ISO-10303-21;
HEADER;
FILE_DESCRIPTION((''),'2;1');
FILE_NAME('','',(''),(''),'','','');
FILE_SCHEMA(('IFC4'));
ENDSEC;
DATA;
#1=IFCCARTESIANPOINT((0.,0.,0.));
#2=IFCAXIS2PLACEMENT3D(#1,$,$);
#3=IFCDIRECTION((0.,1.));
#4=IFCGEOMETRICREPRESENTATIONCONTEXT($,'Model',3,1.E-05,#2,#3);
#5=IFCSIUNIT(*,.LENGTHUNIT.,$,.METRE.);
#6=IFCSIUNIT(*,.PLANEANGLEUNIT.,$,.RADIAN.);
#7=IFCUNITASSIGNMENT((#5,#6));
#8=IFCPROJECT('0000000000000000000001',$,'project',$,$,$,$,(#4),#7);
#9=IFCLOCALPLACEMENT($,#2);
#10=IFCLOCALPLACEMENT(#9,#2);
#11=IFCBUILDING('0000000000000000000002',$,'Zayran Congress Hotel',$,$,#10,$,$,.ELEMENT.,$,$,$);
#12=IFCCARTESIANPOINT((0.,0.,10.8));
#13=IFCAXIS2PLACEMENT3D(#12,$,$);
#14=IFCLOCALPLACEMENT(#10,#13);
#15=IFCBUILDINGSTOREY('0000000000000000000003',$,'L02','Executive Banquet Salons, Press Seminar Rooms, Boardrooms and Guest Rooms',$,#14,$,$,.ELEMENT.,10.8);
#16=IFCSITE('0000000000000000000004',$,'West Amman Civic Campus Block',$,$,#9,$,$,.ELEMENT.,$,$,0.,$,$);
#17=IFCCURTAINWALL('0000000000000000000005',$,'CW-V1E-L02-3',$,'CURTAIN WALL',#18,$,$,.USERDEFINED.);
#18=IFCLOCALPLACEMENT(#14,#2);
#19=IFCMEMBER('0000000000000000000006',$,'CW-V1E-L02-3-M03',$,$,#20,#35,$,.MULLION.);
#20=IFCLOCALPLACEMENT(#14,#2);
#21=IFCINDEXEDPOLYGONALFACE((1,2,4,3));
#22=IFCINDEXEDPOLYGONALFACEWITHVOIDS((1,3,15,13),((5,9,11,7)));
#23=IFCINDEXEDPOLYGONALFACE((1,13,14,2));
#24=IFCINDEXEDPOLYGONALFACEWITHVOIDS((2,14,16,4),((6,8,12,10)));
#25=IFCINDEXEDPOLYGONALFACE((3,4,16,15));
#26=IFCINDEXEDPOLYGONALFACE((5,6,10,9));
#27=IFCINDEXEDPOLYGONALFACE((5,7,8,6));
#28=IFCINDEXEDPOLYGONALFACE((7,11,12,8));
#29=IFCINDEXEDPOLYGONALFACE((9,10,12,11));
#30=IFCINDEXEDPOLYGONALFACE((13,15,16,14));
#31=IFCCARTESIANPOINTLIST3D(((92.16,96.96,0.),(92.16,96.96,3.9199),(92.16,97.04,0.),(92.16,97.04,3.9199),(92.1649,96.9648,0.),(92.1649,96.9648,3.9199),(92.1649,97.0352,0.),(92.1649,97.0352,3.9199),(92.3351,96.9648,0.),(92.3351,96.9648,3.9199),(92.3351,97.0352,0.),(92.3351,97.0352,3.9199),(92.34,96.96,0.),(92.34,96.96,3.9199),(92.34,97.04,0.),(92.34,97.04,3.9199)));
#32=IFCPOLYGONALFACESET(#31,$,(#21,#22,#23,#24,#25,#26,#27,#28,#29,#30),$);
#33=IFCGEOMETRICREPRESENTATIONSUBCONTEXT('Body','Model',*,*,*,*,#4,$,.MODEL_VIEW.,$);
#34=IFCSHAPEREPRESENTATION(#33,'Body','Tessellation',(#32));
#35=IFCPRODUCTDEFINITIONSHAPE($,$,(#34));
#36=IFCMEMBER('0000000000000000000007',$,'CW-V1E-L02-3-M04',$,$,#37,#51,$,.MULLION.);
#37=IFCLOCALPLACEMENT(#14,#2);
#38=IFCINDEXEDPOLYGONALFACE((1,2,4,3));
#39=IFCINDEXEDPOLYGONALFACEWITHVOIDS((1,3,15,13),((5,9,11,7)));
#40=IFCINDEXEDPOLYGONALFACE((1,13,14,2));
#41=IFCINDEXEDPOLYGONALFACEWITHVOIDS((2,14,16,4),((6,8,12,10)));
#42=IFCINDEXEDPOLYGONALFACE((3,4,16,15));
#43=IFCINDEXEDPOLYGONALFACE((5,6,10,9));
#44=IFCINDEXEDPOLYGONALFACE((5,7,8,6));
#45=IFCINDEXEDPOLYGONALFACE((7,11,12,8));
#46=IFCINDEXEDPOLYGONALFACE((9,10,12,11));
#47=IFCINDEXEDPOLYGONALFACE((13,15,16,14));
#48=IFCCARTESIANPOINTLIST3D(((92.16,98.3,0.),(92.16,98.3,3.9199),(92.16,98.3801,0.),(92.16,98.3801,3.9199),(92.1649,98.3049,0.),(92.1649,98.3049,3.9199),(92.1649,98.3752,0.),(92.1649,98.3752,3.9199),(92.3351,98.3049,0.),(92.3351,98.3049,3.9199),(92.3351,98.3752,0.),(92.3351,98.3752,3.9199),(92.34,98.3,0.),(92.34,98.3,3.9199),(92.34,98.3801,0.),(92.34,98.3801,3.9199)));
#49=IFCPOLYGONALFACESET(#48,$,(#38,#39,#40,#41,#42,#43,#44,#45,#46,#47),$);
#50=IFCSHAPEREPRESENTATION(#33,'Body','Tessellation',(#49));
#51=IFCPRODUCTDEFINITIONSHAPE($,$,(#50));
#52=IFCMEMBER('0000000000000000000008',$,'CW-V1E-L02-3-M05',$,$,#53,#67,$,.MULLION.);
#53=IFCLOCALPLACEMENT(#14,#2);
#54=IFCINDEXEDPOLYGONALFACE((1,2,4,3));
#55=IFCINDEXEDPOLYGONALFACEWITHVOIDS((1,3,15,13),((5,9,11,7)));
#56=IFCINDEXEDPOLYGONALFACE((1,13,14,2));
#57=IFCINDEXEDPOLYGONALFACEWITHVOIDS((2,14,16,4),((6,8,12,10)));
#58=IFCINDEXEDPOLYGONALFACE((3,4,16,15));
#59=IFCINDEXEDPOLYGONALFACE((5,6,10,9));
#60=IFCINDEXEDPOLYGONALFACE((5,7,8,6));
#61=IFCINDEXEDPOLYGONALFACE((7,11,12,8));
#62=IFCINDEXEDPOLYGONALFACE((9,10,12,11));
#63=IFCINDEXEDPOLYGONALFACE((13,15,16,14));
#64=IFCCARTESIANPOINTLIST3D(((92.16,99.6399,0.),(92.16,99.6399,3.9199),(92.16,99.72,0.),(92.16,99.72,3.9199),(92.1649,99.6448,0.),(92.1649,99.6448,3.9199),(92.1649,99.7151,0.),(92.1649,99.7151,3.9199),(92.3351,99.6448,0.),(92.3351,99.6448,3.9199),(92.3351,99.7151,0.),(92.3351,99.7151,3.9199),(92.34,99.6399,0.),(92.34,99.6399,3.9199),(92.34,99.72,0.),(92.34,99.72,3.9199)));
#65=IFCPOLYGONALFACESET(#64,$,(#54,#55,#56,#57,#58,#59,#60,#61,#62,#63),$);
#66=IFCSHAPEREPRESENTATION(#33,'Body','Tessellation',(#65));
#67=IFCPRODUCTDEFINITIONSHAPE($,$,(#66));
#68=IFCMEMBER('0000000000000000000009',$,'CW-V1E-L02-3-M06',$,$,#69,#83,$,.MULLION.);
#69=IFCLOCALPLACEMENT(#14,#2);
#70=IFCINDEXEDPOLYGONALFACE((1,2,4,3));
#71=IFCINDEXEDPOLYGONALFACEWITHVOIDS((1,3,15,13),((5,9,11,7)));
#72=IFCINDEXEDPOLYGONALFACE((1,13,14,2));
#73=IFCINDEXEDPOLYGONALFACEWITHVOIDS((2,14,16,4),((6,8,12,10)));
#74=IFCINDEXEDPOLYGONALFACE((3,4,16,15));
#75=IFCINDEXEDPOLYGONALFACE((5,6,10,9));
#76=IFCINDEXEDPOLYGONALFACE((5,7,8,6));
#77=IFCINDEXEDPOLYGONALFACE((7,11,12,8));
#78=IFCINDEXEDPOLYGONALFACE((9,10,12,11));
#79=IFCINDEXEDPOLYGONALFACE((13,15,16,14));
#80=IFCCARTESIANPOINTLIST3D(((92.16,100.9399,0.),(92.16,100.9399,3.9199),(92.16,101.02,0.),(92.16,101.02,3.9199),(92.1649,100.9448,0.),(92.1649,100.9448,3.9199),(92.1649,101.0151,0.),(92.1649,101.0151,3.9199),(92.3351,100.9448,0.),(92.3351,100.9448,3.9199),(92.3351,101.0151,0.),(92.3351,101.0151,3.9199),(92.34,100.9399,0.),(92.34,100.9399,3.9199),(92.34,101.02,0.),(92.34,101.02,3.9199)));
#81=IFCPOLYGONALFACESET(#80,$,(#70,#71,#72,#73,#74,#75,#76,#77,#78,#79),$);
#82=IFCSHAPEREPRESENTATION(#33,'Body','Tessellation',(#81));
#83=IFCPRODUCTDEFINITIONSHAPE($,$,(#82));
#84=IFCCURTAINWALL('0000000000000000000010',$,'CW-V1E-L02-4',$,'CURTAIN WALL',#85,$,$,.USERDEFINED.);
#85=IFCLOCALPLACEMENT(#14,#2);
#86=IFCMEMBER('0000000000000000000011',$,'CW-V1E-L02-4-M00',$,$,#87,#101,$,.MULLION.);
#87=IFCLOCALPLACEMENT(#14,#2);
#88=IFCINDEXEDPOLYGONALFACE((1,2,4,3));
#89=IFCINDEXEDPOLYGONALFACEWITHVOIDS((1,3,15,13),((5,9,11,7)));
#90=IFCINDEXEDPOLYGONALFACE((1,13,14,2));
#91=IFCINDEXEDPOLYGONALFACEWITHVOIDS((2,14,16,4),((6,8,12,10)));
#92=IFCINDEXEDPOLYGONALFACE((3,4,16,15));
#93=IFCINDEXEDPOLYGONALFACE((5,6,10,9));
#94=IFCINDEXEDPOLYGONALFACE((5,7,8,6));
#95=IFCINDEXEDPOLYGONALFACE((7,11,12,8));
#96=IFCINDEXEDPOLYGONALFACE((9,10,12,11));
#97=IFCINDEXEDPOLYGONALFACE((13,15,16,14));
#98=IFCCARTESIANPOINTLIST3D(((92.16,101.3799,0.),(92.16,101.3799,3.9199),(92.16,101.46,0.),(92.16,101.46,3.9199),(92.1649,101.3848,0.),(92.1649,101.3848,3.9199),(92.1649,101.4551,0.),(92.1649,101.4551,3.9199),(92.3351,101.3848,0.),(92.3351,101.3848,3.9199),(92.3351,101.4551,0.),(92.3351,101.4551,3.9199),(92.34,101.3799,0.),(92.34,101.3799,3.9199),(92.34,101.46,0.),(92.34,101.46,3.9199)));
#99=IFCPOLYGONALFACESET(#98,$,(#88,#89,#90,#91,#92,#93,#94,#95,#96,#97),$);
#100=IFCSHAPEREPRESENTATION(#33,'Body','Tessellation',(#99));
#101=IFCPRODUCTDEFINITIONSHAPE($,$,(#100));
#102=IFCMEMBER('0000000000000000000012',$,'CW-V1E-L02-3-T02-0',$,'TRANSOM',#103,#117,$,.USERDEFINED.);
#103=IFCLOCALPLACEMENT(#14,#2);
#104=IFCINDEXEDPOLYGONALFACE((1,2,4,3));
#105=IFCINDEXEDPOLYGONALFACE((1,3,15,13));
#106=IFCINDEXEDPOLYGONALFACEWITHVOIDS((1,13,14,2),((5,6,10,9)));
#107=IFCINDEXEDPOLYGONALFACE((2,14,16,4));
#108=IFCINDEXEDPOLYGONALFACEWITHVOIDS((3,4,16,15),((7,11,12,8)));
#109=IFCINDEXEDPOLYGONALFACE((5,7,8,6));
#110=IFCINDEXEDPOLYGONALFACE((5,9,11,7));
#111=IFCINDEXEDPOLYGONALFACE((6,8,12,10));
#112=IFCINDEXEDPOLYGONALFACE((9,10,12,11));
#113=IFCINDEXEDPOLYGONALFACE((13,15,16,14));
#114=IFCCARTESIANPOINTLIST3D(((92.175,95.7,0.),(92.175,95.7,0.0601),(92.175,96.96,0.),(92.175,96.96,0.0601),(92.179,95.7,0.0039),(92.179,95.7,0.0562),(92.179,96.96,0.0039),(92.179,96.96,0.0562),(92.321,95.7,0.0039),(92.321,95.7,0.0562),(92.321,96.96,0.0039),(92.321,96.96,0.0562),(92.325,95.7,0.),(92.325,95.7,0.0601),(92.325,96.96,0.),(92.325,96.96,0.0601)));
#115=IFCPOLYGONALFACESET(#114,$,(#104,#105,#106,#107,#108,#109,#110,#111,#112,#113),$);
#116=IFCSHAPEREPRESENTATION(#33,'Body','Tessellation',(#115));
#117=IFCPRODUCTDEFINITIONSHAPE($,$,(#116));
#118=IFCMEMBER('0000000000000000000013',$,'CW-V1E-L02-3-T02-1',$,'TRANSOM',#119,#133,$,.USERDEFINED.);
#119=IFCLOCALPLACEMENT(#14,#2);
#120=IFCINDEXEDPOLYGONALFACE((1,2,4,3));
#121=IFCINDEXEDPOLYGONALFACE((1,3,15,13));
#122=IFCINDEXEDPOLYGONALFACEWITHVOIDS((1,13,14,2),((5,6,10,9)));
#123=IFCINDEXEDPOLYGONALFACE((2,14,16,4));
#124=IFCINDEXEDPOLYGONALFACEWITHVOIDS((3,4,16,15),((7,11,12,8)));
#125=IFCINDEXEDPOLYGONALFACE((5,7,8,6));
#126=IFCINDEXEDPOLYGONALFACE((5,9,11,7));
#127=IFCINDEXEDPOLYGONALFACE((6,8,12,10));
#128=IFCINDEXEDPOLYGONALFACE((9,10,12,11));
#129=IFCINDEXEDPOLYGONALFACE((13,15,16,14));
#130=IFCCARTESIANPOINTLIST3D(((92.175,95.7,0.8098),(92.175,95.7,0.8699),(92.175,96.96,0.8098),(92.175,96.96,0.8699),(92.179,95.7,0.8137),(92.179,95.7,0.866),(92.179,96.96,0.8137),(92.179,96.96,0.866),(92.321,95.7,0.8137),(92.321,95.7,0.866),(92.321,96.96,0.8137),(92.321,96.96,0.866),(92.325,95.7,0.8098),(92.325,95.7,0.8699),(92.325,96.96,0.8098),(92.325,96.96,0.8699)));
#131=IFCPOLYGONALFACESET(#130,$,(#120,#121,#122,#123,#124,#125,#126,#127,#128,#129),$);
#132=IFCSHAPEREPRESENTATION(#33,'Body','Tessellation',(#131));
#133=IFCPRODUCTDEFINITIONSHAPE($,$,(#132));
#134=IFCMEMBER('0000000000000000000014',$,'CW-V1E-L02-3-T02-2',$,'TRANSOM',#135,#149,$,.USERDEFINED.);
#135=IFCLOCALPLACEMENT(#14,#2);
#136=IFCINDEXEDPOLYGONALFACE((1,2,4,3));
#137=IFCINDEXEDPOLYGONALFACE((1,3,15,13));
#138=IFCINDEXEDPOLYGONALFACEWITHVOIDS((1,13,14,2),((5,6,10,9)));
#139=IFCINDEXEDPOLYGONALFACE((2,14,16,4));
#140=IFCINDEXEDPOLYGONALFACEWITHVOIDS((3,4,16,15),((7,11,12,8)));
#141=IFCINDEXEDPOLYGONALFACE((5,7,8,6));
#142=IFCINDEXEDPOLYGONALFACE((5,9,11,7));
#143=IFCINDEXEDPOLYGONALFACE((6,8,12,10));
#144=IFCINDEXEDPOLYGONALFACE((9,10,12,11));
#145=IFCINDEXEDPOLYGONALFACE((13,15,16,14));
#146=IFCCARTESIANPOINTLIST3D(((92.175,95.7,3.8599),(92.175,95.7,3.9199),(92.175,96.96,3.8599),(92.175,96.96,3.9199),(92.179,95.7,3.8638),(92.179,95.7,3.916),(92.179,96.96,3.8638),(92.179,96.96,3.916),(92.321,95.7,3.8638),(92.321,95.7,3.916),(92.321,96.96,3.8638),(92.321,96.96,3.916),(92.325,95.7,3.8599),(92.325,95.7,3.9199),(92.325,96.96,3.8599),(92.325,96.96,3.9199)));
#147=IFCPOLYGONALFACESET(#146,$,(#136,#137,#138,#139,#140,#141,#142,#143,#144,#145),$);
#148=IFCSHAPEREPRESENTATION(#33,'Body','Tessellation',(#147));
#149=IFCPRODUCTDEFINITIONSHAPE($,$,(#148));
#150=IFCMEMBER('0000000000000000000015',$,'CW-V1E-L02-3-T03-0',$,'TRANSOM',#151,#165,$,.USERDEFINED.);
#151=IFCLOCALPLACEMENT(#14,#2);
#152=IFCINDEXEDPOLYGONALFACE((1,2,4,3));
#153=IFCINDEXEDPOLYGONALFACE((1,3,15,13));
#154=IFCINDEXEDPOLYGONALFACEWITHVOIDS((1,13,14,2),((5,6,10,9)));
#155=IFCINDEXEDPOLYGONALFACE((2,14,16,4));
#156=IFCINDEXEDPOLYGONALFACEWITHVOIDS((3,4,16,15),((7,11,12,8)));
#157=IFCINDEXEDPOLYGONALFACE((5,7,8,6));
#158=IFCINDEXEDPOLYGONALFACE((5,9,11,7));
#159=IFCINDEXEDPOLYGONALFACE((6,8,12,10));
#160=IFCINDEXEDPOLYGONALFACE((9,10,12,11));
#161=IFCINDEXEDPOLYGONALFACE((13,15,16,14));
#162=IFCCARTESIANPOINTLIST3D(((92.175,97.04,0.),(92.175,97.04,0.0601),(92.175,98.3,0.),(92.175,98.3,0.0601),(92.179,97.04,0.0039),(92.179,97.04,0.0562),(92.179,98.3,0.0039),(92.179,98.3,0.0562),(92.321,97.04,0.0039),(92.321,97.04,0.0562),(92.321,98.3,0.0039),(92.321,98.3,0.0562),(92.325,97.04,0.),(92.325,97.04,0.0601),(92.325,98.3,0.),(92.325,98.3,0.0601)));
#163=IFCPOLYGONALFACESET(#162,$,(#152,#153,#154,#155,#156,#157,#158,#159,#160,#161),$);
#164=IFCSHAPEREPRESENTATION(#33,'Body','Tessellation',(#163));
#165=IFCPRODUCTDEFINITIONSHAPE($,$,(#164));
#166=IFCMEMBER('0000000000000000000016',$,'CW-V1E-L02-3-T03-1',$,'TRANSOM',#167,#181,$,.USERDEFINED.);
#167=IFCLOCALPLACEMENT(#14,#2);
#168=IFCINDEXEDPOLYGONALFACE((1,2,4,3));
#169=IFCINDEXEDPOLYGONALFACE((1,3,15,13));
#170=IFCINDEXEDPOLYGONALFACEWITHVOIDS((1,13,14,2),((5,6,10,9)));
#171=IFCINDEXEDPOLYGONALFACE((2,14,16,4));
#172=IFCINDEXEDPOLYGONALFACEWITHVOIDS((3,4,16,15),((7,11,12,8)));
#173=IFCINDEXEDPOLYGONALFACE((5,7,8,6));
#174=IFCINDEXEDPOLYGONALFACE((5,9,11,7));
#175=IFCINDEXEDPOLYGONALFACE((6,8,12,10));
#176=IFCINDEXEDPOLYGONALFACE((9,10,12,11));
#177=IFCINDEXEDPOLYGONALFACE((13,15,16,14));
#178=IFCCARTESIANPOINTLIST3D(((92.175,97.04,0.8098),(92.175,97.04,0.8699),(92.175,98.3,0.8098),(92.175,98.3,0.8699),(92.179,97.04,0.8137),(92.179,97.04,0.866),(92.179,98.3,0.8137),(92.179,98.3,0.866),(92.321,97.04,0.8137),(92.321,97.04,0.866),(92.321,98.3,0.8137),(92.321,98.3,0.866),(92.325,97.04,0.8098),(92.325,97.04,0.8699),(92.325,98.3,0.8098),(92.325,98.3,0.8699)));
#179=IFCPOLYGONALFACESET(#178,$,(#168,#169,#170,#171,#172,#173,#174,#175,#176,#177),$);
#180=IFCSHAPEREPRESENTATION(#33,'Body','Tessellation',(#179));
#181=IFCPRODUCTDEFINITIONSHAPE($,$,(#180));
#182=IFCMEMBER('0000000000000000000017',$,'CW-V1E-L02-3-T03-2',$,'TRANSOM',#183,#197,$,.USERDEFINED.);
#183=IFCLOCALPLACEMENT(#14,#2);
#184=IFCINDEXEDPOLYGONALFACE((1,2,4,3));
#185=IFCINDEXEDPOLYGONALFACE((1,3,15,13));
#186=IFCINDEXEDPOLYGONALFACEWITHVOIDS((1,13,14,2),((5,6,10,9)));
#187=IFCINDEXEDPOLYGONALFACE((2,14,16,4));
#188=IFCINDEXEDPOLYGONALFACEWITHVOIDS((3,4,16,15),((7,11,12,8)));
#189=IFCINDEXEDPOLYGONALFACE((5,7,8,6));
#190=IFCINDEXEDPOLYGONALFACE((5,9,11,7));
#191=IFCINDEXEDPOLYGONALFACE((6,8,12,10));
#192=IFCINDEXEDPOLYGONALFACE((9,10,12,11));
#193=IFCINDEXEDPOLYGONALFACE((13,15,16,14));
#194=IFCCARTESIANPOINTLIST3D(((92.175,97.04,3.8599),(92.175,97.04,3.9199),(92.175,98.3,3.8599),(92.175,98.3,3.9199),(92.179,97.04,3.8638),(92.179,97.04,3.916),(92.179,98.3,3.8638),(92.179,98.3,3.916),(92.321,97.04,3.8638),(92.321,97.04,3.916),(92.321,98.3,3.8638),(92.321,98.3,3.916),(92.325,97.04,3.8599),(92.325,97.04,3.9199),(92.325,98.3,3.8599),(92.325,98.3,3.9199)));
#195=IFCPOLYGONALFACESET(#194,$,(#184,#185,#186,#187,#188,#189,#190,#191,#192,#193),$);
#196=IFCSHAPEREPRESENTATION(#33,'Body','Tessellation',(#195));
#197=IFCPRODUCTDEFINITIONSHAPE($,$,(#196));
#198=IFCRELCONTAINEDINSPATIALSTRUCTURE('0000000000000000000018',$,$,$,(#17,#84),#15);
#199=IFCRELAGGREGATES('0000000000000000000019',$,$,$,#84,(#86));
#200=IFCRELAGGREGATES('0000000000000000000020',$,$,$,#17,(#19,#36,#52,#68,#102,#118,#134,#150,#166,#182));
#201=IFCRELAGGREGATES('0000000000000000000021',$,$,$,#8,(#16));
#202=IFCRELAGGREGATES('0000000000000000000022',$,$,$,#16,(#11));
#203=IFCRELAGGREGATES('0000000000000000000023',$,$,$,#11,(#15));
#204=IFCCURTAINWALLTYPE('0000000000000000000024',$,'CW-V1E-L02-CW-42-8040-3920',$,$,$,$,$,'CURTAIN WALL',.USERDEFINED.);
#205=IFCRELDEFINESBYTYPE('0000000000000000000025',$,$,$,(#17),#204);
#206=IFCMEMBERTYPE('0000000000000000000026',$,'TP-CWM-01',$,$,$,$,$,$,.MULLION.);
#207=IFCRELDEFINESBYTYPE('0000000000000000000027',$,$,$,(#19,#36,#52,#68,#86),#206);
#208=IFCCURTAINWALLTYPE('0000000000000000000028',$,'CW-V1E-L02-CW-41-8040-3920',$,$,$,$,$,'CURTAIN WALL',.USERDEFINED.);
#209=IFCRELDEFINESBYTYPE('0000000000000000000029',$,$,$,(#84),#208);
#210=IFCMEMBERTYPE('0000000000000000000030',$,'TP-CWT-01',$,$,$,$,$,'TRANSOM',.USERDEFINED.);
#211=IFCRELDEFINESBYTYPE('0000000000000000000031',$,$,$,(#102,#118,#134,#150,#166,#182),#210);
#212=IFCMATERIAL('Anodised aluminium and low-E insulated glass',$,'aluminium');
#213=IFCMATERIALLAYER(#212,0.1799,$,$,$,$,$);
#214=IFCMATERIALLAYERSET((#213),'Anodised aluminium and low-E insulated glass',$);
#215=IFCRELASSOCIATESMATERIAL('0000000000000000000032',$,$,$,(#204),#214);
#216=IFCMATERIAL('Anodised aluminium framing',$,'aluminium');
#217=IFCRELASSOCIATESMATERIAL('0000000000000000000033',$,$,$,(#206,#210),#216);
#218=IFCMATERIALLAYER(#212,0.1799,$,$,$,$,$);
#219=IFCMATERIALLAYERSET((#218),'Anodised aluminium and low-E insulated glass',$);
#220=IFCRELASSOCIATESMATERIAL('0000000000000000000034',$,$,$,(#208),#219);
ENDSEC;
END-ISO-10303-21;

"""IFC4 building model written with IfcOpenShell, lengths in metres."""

from ifc_helpers import new_model, si_unit, direction, frame, origin, origin_2d, place, context, subcontext, project, spatial, hollow_rectangle, extrude, material, layer, layer_set, material_profile, profile_set, type_object, element, aggregate, save


model = new_model("IFC4")

# Units and contexts
model_context = context("Model", 3, precision=1e-05, world=origin(), true_north=direction((0.0, 1.0)))
body_context = subcontext(model_context, "Body", "Model", "MODEL_VIEW")
ifc_project = project(units=[si_unit("LENGTHUNIT", "METRE"), si_unit("PLANEANGLEUNIT", "RADIAN")], contexts=[model_context])

# Site, building, storey
site_placement = place(None, origin())
site = spatial("IfcSite", under=ifc_project, at=site_placement, Name="West Amman Civic Campus Block", CompositionType="ELEMENT", RefElevation=0.0)
building_placement = place(site_placement, origin())
building = spatial("IfcBuilding", under=site, at=building_placement, Name="Zayran Congress Hotel", CompositionType="ELEMENT")
storey_placement = place(building_placement, frame((0.0, 0.0, 10.8)))
storey = spatial("IfcBuildingStorey", under=building, at=storey_placement, Name="L02", Description="Executive Banquet Salons, Press Seminar Rooms, Boardrooms and Guest Rooms", CompositionType="ELEMENT", Elevation=10.8)

# Curtain wall, members
ifc_material_1 = material(Name="Anodised aluminium and low-E insulated glass", Category="aluminium")
ifc_layer_1 = layer(ifc_material_1, 0.1799)
ifc_layer_set_1 = layer_set([ifc_layer_1], Name="Anodised aluminium and low-E insulated glass")
curtain_wall_type_1 = type_object("IfcCurtainWallType", Name="CW-V1E-L02-CW-42-8040-3920", ElementType="CURTAIN WALL", PredefinedType="USERDEFINED", material=ifc_layer_set_1)
curtain_wall_1_placement = place(storey_placement, origin())
curtain_wall_1 = element("IfcCurtainWall", 1, at=curtain_wall_1_placement, inside=storey, type_object=curtain_wall_type_1, Name="CW-V1E-L02-3", ObjectType="CURTAIN WALL", PredefinedType="USERDEFINED")
ifc_material_2 = material(Name="Anodised aluminium framing", Category="aluminium")
ifc_material_profile_1 = material_profile(ifc_material_2, hollow_rectangle(XDim=0.0801, YDim=0.1799, WallThickness=0.0049, at=origin_2d()), Name="RHS 180x80x5")
ifc_profile_set_1 = profile_set([ifc_material_profile_1], Name="Anodised aluminium framing")
member_type_1 = type_object("IfcMemberType", Name="TP-CWM-01", PredefinedType="MULLION", material=ifc_profile_set_1)
member_1_placement = place(storey_placement, frame((92.25, 97.0, 0.0), z_axis=(0.0, 0.0, 1.0), x_axis=(0.0, 1.0, 0.0)))
member_1 = element("IfcMember", 2, at=member_1_placement, type_object=member_type_1, Name="CW-V1E-L02-3-M03", PredefinedType="MULLION", context=body_context, shape_type="SweptSolid", body=[
    extrude(hollow_rectangle(XDim=0.0801, YDim=0.1799, WallThickness=0.0049, at=origin_2d()), origin(), (0.0, 0.0, 1.0), 3.9199),
])
member_2_placement = place(storey_placement, frame((92.25, 98.3401, 0.0), z_axis=(0.0, 0.0, 1.0), x_axis=(0.0, 1.0, 0.0)))
member_2 = element("IfcMember", 3, at=member_2_placement, type_object=member_type_1, Name="CW-V1E-L02-3-M04", PredefinedType="MULLION", context=body_context, shape_type="SweptSolid", body=[
    extrude(hollow_rectangle(XDim=0.0801, YDim=0.1799, WallThickness=0.0049, at=origin_2d()), origin(), (0.0, 0.0, 1.0), 3.9199),
])
member_3_placement = place(storey_placement, frame((92.25, 99.6799, 0.0), z_axis=(0.0, 0.0, 1.0), x_axis=(0.0, 1.0, 0.0)))
member_3 = element("IfcMember", 4, at=member_3_placement, type_object=member_type_1, Name="CW-V1E-L02-3-M05", PredefinedType="MULLION", context=body_context, shape_type="SweptSolid", body=[
    extrude(hollow_rectangle(XDim=0.0801, YDim=0.1799, WallThickness=0.0049, at=origin_2d()), origin(), (0.0, 0.0, 1.0), 3.9199),
])
member_4_placement = place(storey_placement, frame((92.25, 100.98, 0.0), z_axis=(0.0, 0.0, 1.0), x_axis=(0.0, 1.0, 0.0)))
member_4 = element("IfcMember", 5, at=member_4_placement, type_object=member_type_1, Name="CW-V1E-L02-3-M06", PredefinedType="MULLION", context=body_context, shape_type="SweptSolid", body=[
    extrude(hollow_rectangle(XDim=0.0801, YDim=0.1799, WallThickness=0.0049, at=origin_2d()), origin(), (0.0, 0.0, 1.0), 3.9199),
])

# Curtain wall, member
ifc_layer_2 = layer(ifc_material_1, 0.1799)
ifc_layer_set_2 = layer_set([ifc_layer_2], Name="Anodised aluminium and low-E insulated glass")
curtain_wall_type_2 = type_object("IfcCurtainWallType", Name="CW-V1E-L02-CW-41-8040-3920", ElementType="CURTAIN WALL", PredefinedType="USERDEFINED", material=ifc_layer_set_2)
curtain_wall_2_placement = place(storey_placement, origin())
curtain_wall_2 = element("IfcCurtainWall", 6, at=curtain_wall_2_placement, inside=storey, type_object=curtain_wall_type_2, Name="CW-V1E-L02-4", ObjectType="CURTAIN WALL", PredefinedType="USERDEFINED")
member_5_placement = place(storey_placement, frame((92.25, 101.4199, 0.0), z_axis=(0.0, 0.0, 1.0), x_axis=(0.0, 1.0, 0.0)))
member_5 = element("IfcMember", 7, at=member_5_placement, type_object=member_type_1, Name="CW-V1E-L02-4-M00", PredefinedType="MULLION", context=body_context, shape_type="SweptSolid", body=[
    extrude(hollow_rectangle(XDim=0.0801, YDim=0.1799, WallThickness=0.0049, at=origin_2d()), origin(), (0.0, 0.0, 1.0), 3.9199),
])

# Members
ifc_material_profile_2 = material_profile(ifc_material_2, hollow_rectangle(XDim=0.0601, YDim=0.1499, WallThickness=0.0039, at=origin_2d()), Name="RHS 150x60x4")
ifc_profile_set_2 = profile_set([ifc_material_profile_2], Name="Anodised aluminium framing")
member_type_2 = type_object("IfcMemberType", Name="TP-CWT-01", ElementType="TRANSOM", PredefinedType="USERDEFINED", material=ifc_profile_set_2)
member_6_placement = place(storey_placement, frame((92.25, 95.7, 0.03), z_axis=(0.0, 1.0, 0.0), x_axis=(0.0, 0.0, 1.0)))
member_6 = element("IfcMember", 8, at=member_6_placement, type_object=member_type_2, Name="CW-V1E-L02-3-T02-0", ObjectType="TRANSOM", PredefinedType="USERDEFINED", context=body_context, shape_type="SweptSolid", body=[
    extrude(hollow_rectangle(XDim=0.0601, YDim=0.1499, WallThickness=0.0039, at=origin_2d()), origin(), (0.0, 0.0, 1.0), 1.26),
])
member_7_placement = place(storey_placement, frame((92.25, 95.7, 0.8398), z_axis=(0.0, 1.0, 0.0), x_axis=(0.0, 0.0, 1.0)))
member_7 = element("IfcMember", 9, at=member_7_placement, type_object=member_type_2, Name="CW-V1E-L02-3-T02-1", ObjectType="TRANSOM", PredefinedType="USERDEFINED", context=body_context, shape_type="SweptSolid", body=[
    extrude(hollow_rectangle(XDim=0.0601, YDim=0.1499, WallThickness=0.0039, at=origin_2d()), origin(), (0.0, 0.0, 1.0), 1.26),
])
member_8_placement = place(storey_placement, frame((92.25, 95.7, 3.8899), z_axis=(0.0, 1.0, 0.0), x_axis=(0.0, 0.0, 1.0)))
member_8 = element("IfcMember", 10, at=member_8_placement, type_object=member_type_2, Name="CW-V1E-L02-3-T02-2", ObjectType="TRANSOM", PredefinedType="USERDEFINED", context=body_context, shape_type="SweptSolid", body=[
    extrude(hollow_rectangle(XDim=0.0601, YDim=0.1499, WallThickness=0.0039, at=origin_2d()), origin(), (0.0, 0.0, 1.0), 1.26),
])
member_9_placement = place(storey_placement, frame((92.25, 97.04, 0.03), z_axis=(0.0, 1.0, 0.0), x_axis=(0.0, 0.0, 1.0)))
member_9 = element("IfcMember", 11, at=member_9_placement, type_object=member_type_2, Name="CW-V1E-L02-3-T03-0", ObjectType="TRANSOM", PredefinedType="USERDEFINED", context=body_context, shape_type="SweptSolid", body=[
    extrude(hollow_rectangle(XDim=0.0601, YDim=0.1499, WallThickness=0.0039, at=origin_2d()), origin(), (0.0, 0.0, 1.0), 1.26),
])
member_10_placement = place(storey_placement, frame((92.25, 97.04, 0.8398), z_axis=(0.0, 1.0, 0.0), x_axis=(0.0, 0.0, 1.0)))
member_10 = element("IfcMember", 12, at=member_10_placement, type_object=member_type_2, Name="CW-V1E-L02-3-T03-1", ObjectType="TRANSOM", PredefinedType="USERDEFINED", context=body_context, shape_type="SweptSolid", body=[
    extrude(hollow_rectangle(XDim=0.0601, YDim=0.1499, WallThickness=0.0039, at=origin_2d()), origin(), (0.0, 0.0, 1.0), 1.26),
])
member_11_placement = place(storey_placement, frame((92.25, 97.04, 3.8899), z_axis=(0.0, 1.0, 0.0), x_axis=(0.0, 0.0, 1.0)))
member_11 = element("IfcMember", 13, at=member_11_placement, type_object=member_type_2, Name="CW-V1E-L02-3-T03-2", ObjectType="TRANSOM", PredefinedType="USERDEFINED", context=body_context, shape_type="SweptSolid", body=[
    extrude(hollow_rectangle(XDim=0.0601, YDim=0.1499, WallThickness=0.0039, at=origin_2d()), origin(), (0.0, 0.0, 1.0), 1.26),
])
aggregate(curtain_wall_2, [member_5])

aggregate(curtain_wall_1, [member_1, member_2, member_3, member_4, member_6, member_7, member_8, member_9, member_10, member_11])

save(model, "model.ifc")
